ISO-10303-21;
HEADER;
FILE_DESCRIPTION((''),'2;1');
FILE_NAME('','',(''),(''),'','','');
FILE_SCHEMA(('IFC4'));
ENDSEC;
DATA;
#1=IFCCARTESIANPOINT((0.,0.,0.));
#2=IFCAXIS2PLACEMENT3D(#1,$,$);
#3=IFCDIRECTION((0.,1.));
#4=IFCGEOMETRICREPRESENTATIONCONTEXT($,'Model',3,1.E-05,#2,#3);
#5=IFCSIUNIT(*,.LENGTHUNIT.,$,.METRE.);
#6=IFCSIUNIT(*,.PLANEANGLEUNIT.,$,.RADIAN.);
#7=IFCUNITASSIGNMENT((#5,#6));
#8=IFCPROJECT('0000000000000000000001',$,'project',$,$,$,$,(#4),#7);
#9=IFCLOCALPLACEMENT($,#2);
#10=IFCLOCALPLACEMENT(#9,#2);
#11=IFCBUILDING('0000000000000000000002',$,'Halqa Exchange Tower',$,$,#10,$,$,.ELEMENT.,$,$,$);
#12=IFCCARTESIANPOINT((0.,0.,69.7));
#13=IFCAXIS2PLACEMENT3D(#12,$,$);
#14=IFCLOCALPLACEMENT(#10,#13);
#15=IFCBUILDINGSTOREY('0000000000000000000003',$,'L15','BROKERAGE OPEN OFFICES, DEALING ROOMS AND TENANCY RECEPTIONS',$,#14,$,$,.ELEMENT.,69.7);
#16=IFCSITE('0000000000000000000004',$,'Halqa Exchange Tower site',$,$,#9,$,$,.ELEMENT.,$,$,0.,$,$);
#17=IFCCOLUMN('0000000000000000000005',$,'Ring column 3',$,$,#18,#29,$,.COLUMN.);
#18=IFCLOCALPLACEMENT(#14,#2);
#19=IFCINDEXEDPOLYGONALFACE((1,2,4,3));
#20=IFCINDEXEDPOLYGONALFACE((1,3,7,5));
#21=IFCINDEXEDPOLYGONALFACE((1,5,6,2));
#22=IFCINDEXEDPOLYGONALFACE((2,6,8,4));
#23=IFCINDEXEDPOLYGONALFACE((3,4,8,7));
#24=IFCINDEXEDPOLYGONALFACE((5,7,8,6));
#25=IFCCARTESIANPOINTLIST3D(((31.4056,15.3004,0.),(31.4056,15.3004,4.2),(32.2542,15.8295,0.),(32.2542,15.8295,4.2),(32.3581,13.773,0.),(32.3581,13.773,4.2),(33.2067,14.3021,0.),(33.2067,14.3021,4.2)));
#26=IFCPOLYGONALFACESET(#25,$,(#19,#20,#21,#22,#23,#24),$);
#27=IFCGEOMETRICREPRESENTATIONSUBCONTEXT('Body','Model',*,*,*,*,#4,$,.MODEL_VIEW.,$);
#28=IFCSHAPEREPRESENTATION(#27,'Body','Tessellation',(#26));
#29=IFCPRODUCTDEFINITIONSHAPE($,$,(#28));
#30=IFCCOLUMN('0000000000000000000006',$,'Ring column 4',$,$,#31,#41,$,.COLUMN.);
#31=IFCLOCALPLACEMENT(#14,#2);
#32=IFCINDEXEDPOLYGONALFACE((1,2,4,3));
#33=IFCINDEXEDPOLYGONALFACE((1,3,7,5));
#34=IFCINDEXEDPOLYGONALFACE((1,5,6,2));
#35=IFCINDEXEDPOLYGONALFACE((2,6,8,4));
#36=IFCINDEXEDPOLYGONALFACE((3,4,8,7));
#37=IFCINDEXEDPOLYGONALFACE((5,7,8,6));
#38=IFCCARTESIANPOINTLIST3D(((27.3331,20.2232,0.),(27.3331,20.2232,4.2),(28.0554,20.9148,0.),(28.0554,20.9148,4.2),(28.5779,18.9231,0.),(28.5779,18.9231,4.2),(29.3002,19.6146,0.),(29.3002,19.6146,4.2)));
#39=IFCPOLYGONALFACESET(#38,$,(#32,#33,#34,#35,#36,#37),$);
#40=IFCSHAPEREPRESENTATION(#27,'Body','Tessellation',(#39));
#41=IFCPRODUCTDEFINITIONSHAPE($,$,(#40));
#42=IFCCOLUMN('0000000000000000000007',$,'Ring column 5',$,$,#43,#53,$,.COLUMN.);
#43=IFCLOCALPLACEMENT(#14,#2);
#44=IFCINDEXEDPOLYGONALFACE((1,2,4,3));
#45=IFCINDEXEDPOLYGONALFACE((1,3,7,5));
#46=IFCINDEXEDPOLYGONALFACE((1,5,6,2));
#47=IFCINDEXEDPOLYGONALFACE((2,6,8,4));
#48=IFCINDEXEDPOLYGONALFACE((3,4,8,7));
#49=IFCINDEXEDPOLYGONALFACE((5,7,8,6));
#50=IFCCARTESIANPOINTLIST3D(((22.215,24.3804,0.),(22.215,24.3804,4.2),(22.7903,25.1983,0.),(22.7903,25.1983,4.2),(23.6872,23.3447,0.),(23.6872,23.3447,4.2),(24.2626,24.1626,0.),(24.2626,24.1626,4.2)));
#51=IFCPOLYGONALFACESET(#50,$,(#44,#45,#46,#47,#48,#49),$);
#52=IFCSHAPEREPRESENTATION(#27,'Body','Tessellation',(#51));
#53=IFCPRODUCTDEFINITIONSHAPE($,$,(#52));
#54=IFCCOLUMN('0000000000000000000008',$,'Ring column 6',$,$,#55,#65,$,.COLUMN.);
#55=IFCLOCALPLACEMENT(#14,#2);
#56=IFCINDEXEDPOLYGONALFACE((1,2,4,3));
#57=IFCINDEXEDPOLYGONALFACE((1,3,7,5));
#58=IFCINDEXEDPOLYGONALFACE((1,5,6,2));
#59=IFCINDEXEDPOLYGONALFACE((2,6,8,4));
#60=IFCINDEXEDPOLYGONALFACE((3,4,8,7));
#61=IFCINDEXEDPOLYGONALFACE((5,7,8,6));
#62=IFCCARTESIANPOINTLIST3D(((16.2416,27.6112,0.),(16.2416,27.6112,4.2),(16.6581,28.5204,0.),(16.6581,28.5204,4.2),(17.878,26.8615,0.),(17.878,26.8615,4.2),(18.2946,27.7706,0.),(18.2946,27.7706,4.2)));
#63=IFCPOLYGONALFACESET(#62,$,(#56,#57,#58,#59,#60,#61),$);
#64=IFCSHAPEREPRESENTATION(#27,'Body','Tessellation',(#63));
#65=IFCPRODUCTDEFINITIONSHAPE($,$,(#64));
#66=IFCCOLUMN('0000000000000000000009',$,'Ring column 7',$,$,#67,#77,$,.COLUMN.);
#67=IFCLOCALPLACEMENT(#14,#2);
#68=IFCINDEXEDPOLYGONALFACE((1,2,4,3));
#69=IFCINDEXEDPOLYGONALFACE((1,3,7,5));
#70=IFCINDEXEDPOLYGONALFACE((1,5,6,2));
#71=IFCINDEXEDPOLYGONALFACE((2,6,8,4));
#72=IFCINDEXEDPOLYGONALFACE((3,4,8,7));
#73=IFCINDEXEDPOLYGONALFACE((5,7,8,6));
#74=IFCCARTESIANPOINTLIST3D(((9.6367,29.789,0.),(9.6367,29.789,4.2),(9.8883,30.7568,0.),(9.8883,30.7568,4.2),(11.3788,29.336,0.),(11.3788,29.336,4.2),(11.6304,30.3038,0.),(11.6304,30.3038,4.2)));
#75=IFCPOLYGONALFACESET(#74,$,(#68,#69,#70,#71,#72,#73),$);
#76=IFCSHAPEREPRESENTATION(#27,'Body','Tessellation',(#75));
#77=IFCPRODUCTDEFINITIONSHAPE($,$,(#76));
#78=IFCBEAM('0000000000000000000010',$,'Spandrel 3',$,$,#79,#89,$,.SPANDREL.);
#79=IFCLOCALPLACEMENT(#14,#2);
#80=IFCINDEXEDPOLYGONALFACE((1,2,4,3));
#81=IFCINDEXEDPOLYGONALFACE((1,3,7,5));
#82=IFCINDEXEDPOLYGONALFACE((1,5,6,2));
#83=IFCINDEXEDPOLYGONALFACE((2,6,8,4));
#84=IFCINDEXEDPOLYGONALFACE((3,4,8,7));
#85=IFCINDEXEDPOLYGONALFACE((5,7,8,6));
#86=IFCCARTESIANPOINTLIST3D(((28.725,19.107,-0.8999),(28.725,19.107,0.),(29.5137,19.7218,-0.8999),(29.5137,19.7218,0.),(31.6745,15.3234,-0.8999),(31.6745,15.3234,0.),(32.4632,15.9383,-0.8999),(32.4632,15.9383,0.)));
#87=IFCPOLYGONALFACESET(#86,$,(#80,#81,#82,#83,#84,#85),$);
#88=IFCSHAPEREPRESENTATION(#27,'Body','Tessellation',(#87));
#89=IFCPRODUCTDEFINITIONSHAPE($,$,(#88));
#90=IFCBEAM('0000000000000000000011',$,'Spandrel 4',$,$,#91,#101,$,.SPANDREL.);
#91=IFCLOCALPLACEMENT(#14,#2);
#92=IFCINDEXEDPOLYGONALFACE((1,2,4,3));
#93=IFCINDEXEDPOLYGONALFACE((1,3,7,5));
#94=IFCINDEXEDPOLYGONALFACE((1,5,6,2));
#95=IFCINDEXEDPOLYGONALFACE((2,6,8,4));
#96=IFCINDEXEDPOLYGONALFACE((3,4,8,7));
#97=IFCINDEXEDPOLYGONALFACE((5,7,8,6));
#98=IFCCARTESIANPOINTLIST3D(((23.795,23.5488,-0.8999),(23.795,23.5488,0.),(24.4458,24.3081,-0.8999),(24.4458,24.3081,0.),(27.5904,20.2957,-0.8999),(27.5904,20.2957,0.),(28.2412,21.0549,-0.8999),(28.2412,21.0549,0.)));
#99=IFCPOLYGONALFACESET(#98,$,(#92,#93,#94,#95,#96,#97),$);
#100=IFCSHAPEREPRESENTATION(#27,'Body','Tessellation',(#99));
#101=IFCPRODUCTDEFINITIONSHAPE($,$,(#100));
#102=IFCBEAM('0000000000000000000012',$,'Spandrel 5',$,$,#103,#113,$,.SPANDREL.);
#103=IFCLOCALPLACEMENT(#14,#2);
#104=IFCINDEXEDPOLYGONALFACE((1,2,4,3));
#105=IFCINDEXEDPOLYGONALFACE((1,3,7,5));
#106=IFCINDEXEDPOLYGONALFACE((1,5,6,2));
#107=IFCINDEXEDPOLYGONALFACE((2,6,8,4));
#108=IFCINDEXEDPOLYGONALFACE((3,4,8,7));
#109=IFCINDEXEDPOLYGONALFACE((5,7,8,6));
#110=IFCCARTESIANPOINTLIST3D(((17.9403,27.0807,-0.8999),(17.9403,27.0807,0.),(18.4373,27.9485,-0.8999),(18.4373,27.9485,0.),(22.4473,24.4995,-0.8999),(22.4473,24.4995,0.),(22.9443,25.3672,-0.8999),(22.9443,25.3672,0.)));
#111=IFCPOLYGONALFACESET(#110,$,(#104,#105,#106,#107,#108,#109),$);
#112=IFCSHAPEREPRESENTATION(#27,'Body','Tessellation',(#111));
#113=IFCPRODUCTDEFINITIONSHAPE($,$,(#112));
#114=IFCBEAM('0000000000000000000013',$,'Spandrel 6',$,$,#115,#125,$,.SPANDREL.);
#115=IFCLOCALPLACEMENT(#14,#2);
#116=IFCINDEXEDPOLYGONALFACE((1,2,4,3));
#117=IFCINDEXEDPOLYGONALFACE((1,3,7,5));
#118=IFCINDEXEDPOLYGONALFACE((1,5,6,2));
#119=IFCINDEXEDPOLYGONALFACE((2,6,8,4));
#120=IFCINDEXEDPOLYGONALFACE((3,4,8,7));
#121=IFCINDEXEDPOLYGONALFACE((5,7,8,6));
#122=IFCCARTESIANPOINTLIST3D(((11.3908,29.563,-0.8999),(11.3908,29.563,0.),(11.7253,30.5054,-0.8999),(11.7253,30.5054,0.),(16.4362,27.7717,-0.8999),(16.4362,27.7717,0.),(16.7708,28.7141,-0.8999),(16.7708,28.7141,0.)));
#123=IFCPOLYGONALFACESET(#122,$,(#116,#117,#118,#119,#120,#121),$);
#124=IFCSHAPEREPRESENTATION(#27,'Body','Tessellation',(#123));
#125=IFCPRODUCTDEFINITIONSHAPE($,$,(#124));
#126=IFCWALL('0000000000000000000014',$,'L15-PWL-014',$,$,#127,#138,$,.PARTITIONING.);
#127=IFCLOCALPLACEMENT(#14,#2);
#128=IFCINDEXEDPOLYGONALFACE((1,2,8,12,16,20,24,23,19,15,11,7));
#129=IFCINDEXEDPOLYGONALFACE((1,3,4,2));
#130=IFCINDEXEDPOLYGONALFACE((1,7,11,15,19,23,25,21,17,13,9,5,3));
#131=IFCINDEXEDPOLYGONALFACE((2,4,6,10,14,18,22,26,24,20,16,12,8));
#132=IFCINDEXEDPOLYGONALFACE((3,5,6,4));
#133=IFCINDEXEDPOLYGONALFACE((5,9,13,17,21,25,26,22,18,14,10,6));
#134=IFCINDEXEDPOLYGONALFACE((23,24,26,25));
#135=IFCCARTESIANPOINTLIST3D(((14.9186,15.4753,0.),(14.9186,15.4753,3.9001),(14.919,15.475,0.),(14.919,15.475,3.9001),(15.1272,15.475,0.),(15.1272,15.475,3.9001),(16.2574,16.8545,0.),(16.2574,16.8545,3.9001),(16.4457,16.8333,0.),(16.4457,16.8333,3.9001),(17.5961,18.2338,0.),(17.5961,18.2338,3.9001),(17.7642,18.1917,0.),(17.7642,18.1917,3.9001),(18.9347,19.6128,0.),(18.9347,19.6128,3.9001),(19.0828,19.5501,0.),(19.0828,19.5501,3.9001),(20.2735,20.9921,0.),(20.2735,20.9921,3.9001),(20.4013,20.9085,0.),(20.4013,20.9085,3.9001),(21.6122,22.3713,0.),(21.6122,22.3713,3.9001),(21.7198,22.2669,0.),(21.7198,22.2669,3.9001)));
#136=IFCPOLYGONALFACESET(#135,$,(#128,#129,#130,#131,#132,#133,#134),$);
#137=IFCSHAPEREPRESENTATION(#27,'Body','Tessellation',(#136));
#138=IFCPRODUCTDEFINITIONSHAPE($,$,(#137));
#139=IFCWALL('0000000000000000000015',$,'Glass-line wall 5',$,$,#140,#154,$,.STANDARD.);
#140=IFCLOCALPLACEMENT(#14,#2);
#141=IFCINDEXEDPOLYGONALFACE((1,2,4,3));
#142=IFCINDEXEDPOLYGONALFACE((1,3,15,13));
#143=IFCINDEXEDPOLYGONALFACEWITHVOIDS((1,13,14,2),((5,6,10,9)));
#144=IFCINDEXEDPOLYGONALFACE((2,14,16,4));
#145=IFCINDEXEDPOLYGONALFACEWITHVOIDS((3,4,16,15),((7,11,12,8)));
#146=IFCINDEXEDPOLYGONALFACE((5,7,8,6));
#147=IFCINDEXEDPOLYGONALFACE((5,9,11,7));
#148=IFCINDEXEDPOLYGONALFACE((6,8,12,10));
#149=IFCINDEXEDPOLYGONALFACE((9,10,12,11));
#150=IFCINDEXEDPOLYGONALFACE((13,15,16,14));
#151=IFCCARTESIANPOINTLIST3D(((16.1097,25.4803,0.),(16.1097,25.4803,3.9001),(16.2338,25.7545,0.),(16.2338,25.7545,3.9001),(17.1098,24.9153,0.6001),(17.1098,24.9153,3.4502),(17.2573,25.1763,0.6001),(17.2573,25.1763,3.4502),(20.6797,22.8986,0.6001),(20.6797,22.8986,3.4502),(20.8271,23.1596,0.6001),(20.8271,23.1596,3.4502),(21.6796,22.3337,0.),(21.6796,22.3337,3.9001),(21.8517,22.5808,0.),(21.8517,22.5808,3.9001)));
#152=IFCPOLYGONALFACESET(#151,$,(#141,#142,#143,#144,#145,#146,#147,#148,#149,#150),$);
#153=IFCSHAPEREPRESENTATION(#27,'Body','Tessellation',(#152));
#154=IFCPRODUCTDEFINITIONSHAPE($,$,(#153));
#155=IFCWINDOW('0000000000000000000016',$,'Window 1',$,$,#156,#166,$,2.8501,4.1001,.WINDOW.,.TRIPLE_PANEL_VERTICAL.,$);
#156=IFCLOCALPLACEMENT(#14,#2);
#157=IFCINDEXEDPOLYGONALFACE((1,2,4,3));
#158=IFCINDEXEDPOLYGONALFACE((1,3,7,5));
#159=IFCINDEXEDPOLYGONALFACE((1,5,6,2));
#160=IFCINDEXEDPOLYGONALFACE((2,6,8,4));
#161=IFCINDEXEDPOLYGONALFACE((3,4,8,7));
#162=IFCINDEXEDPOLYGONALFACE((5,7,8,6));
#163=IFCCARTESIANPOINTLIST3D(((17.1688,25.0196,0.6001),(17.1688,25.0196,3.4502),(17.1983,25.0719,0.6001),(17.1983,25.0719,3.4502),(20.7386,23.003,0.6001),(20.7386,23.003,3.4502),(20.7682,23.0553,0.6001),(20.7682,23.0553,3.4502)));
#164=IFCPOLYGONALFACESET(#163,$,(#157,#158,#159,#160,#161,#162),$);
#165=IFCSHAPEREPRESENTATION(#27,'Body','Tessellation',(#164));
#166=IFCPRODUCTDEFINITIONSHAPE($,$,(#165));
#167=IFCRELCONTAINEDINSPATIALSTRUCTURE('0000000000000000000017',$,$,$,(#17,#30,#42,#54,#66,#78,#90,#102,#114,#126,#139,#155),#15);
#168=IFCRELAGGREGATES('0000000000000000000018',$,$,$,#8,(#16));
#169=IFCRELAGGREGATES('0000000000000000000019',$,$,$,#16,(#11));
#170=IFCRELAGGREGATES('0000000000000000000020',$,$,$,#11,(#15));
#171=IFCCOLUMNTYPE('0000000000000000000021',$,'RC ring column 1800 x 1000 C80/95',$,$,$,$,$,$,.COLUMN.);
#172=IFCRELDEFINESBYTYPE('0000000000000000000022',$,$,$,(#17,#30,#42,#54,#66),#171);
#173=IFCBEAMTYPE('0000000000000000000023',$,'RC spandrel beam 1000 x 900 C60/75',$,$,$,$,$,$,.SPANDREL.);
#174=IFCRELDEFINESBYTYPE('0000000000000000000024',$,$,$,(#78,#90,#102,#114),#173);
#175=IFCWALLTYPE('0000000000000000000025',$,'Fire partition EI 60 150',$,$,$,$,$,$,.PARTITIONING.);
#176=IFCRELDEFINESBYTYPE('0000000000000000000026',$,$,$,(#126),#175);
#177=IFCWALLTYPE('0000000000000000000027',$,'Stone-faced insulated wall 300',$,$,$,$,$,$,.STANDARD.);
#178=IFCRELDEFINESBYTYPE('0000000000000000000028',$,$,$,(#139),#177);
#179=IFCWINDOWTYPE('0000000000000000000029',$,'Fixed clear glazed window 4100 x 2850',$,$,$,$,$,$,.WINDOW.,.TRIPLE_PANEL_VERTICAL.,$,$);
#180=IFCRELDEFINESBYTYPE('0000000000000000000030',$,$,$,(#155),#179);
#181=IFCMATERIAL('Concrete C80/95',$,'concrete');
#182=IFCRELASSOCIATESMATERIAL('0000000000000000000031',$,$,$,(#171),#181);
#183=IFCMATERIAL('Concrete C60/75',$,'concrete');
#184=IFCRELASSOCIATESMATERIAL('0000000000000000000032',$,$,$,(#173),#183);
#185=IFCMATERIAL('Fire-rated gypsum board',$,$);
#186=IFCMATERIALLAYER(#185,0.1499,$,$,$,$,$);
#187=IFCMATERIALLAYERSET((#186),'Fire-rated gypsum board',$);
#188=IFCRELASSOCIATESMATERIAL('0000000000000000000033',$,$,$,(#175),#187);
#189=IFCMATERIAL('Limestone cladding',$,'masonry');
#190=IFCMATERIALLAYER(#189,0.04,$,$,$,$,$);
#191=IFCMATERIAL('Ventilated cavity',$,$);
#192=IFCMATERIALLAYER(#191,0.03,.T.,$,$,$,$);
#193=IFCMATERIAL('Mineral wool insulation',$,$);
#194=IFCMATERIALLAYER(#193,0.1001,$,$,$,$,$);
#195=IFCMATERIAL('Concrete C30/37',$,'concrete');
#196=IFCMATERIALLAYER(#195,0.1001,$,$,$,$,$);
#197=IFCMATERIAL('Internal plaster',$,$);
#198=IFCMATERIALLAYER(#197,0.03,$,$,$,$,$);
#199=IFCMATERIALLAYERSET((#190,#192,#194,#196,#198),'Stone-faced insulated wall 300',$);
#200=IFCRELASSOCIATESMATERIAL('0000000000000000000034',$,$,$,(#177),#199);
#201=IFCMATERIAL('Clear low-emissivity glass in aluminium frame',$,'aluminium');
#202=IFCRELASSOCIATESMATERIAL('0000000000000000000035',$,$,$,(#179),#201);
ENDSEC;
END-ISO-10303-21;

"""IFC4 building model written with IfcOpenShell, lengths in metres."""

from ifc_helpers import new_model, si_unit, direction, frame, frame_2d, origin, origin_2d, place, context, subcontext, project, spatial, polyline, rectangle, outline, extrude, material, layer, layer_set, material_profile, profile_set, type_object, element, fill, save


model = new_model("IFC4")

# Units and contexts
model_context = context("Model", 3, precision=1e-05, world=origin(), true_north=direction((0.0, 1.0)))
body_context = subcontext(model_context, "Body", "Model", "MODEL_VIEW")
ifc_project = project(units=[si_unit("LENGTHUNIT", "METRE"), si_unit("PLANEANGLEUNIT", "RADIAN")], contexts=[model_context])

# Site, building, storey
site_placement = place(None, origin())
site = spatial("IfcSite", under=ifc_project, at=site_placement, Name="Halqa Exchange Tower site", CompositionType="ELEMENT", RefElevation=0.0)
building_placement = place(site_placement, origin())
building = spatial("IfcBuilding", under=site, at=building_placement, Name="Halqa Exchange Tower", CompositionType="ELEMENT")
storey_placement = place(building_placement, frame((0.0, 0.0, 69.7)))
storey = spatial("IfcBuildingStorey", under=building, at=storey_placement, Name="L15", Description="BROKERAGE OPEN OFFICES, DEALING ROOMS AND TENANCY RECEPTIONS", CompositionType="ELEMENT", Elevation=69.7)

# Columns
ifc_material_1 = material(Name="Concrete C80/95", Category="concrete")
ifc_material_profile_1 = material_profile(ifc_material_1, rectangle(XDim=1.8, YDim=1.0, at=origin_2d()), Name="1800 x 1000")
ifc_profile_set_1 = profile_set([ifc_material_profile_1], Name="Concrete C80/95")
column_type = type_object("IfcColumnType", Name="RC ring column 1800 x 1000 C80/95", PredefinedType="COLUMN", material=ifc_profile_set_1)
for number, where, z_axis, x_axis, name in (
    (1, (32.3062, 14.8013, 0.0), (0.0, 0.0, 1.0), (-0.529145, 0.848531, 0.0), "Ring column 3"),
    (2, (28.3167, 19.9189, 0.0), (0.0, 0.0, 1.0), (-0.691579, 0.722301, 0.0), "Ring column 4"),
    (3, (23.2388, 24.2715, 0.0), (0.0, 0.0, 1.0), (-0.817909, 0.575348, 0.0), "Ring column 5"),
    (4, (17.2681, 27.6909, 0.0), (0.0, 0.0, 1.0), (-0.909127, 0.416519, 0.0), "Ring column 6"),
    (5, (10.6335, 30.0464, 0.0), (0.0, 0.0, 1.0), (-0.96782, 0.251644, 0.0), "Ring column 7"),
):
    element("IfcColumn", number, at=place(storey_placement, frame(where, z_axis=z_axis, x_axis=x_axis)), inside=storey, type_object=column_type, Name=name, PredefinedType="COLUMN", context=body_context, shape_type="SweptSolid", body=[
        extrude(rectangle(XDim=1.8, YDim=1.0, at=origin_2d()), origin(), (0.0, 0.0, 1.0), 4.2),
    ])

# Beams
ifc_material_2 = material(Name="Concrete C60/75", Category="concrete")
ifc_material_profile_2 = material_profile(ifc_material_2, rectangle(XDim=1.0, YDim=0.8999, at=origin_2d()), Name="1000 x 900")
ifc_profile_set_2 = profile_set([ifc_material_profile_2], Name="Concrete C60/75")
beam_type = type_object("IfcBeamType", Name="RC spandrel beam 1000 x 900 C60/75", PredefinedType="SPANDREL", material=ifc_profile_set_2)
beam_1_placement = place(storey_placement, frame((32.0688, 15.6309, -0.45), z_axis=(-0.614821, 0.788667, 0.0), x_axis=(-0.788667, -0.614821, 0.0)))
element("IfcBeam", 6, at=beam_1_placement, inside=storey, type_object=beam_type, Name="Spandrel 3", PredefinedType="SPANDREL", context=body_context, shape_type="SweptSolid", body=[
    extrude(rectangle(XDim=1.0, YDim=0.8999, at=origin_2d()), origin(), (0.0, 0.0, 1.0), 4.7974),
])
beam_2_placement = place(storey_placement, frame((27.9158, 20.6753, -0.45), z_axis=(-0.75926, 0.650787, 0.0), x_axis=(-0.650787, -0.75926, 0.0)))
element("IfcBeam", 7, at=beam_2_placement, inside=storey, type_object=beam_type, Name="Spandrel 4", PredefinedType="SPANDREL", context=body_context, shape_type="SweptSolid", body=[
    extrude(rectangle(XDim=1.0, YDim=0.8999, at=origin_2d()), origin(), (0.0, 0.0, 1.0), 4.9988),
])
beam_3_placement = place(storey_placement, frame((22.6958, 24.9333, -0.45), z_axis=(-0.86776, 0.496984, 0.0), x_axis=(-0.496984, -0.86776, 0.0)))
element("IfcBeam", 8, at=beam_3_placement, inside=storey, type_object=beam_type, Name="Spandrel 5", PredefinedType="SPANDREL", context=body_context, shape_type="SweptSolid", body=[
    extrude(rectangle(XDim=1.0, YDim=0.8999, at=origin_2d()), origin(), (0.0, 0.0, 1.0), 5.1938),
])
beam_4_placement = place(storey_placement, frame((16.6035, 28.2429, -0.45), z_axis=(-0.942372, 0.334568, 0.0), x_axis=(-0.334568, -0.942372, 0.0)))
element("IfcBeam", 9, at=beam_4_placement, inside=storey, type_object=beam_type, Name="Spandrel 6", PredefinedType="SPANDREL", context=body_context, shape_type="SweptSolid", body=[
    extrude(rectangle(XDim=1.0, YDim=0.8999, at=origin_2d()), origin(), (0.0, 0.0, 1.0), 5.354),
])

# Wall
ifc_material_3 = material(Name="Fire-rated gypsum board")
ifc_layer_1 = layer(ifc_material_3, 0.1499)
ifc_layer_set_1 = layer_set([ifc_layer_1], Name="Fire-rated gypsum board")
wall_type_1 = type_object("IfcWallType", Name="Fire partition EI 60 150", PredefinedType="PARTITIONING", material=ifc_layer_set_1)
wall_1_placement = place(storey_placement, frame((14.9724, 15.4231, 0.0), z_axis=(0.0, 0.0, 1.0), x_axis=(0.696498, 0.717558, 0.0)))
element("IfcWall", 10, at=wall_1_placement, inside=storey, type_object=wall_type_1, Name="L15-PWL-014", PredefinedType="PARTITIONING", context=body_context, shape_type="SweptSolid", body=[
    extrude(outline(polyline([(0.0, 0.075), (0.0, 0.0745), (0.145, -0.075), (2.0381, -0.075), (3.9312, -0.075), (5.8242, -0.075), (7.7173, -0.075), (9.6104, -0.075), (9.6104, 0.075), (7.6882, 0.075), (5.7661, 0.075), (3.8442, 0.075), (1.9221, 0.075), (0.0, 0.075)])), origin(), (0.0, 0.0, 1.0), 3.9001),
])

# Shared definitions
ifc_material_4 = material(Name="Limestone cladding", Category="masonry")
ifc_layer_2 = layer(ifc_material_4, 0.04)
ifc_material_5 = material(Name="Ventilated cavity")
ifc_layer_3 = layer(ifc_material_5, 0.03, ventilated=True)
ifc_material_6 = material(Name="Mineral wool insulation")
ifc_layer_4 = layer(ifc_material_6, 0.1001)
ifc_material_7 = material(Name="Concrete C30/37", Category="concrete")
ifc_layer_5 = layer(ifc_material_7, 0.1001)
ifc_material_8 = material(Name="Internal plaster")
ifc_layer_6 = layer(ifc_material_8, 0.03)
ifc_layer_set_2 = layer_set([ifc_layer_2, ifc_layer_3, ifc_layer_4, ifc_layer_5, ifc_layer_6], Name="Stone-faced insulated wall 300")
wall_type_2 = type_object("IfcWallType", Name="Stone-faced insulated wall 300", PredefinedType="STANDARD", material=ifc_layer_set_2)
ifc_material_9 = material(Name="Clear low-emissivity glass in aluminium frame", Category="aluminium")

# Wall, opening, window
wall_2_placement = place(storey_placement, frame((21.7656, 22.4573, 0.0), z_axis=(0.0, 0.0, 1.0), x_axis=(-0.870674, 0.491861, 0.0)))
wall_2 = element("IfcWall", 11, at=wall_2_placement, inside=storey, type_object=wall_type_2, Name="Glass-line wall 5", PredefinedType="STANDARD", context=body_context, shape_type="SweptSolid", body=[
    extrude(outline(polyline([(-0.0142, -0.1499), (6.4382, -0.1499), (6.4114, 0.1499), (0.0142, 0.1499), (-0.0142, -0.1499)])), origin(), (0.0, 0.0, 1.0), 3.9001),
])
opening_1_placement = place(wall_2_placement, frame((1.1626, 0.0, 0.6001)))
opening_1 = element("IfcOpeningElement", 12, at=opening_1_placement, cuts=wall_2, PredefinedType="OPENING", context=body_context, shape_type="SweptSolid", body=[
    extrude(rectangle(XDim=4.1001, YDim=2.8501, at=frame_2d((2.05, 1.425))), frame((0.0, 0.1621, 0.0), z_axis=(0.0, -1.0, 0.0), x_axis=(1.0, 0.0, 0.0)), (0.0, 0.0, 1.0), 0.324),
])
window_type = type_object("IfcWindowType", Name="Fixed clear glazed window 4100 x 2850", PartitioningType="TRIPLE_PANEL_VERTICAL", PredefinedType="WINDOW", material=ifc_material_9)
window_1_placement = place(opening_1_placement, origin())
window_1 = element("IfcWindow", 13, at=window_1_placement, inside=storey, type_object=window_type, Name="Window 1", OverallHeight=2.8501, OverallWidth=4.1001, PartitioningType="TRIPLE_PANEL_VERTICAL", PredefinedType="WINDOW", context=body_context, shape_type="SweptSolid", body=[
    extrude(rectangle(XDim=4.1001, YDim=2.8501, at=frame_2d((2.05, 1.425))), frame((0.0, 0.03, 0.0), z_axis=(0.0, -1.0, 0.0), x_axis=(1.0, 0.0, 0.0)), (0.0, 0.0, 1.0), 0.0601),
])
fill(opening_1, window_1)

save(model, "model.ifc")
